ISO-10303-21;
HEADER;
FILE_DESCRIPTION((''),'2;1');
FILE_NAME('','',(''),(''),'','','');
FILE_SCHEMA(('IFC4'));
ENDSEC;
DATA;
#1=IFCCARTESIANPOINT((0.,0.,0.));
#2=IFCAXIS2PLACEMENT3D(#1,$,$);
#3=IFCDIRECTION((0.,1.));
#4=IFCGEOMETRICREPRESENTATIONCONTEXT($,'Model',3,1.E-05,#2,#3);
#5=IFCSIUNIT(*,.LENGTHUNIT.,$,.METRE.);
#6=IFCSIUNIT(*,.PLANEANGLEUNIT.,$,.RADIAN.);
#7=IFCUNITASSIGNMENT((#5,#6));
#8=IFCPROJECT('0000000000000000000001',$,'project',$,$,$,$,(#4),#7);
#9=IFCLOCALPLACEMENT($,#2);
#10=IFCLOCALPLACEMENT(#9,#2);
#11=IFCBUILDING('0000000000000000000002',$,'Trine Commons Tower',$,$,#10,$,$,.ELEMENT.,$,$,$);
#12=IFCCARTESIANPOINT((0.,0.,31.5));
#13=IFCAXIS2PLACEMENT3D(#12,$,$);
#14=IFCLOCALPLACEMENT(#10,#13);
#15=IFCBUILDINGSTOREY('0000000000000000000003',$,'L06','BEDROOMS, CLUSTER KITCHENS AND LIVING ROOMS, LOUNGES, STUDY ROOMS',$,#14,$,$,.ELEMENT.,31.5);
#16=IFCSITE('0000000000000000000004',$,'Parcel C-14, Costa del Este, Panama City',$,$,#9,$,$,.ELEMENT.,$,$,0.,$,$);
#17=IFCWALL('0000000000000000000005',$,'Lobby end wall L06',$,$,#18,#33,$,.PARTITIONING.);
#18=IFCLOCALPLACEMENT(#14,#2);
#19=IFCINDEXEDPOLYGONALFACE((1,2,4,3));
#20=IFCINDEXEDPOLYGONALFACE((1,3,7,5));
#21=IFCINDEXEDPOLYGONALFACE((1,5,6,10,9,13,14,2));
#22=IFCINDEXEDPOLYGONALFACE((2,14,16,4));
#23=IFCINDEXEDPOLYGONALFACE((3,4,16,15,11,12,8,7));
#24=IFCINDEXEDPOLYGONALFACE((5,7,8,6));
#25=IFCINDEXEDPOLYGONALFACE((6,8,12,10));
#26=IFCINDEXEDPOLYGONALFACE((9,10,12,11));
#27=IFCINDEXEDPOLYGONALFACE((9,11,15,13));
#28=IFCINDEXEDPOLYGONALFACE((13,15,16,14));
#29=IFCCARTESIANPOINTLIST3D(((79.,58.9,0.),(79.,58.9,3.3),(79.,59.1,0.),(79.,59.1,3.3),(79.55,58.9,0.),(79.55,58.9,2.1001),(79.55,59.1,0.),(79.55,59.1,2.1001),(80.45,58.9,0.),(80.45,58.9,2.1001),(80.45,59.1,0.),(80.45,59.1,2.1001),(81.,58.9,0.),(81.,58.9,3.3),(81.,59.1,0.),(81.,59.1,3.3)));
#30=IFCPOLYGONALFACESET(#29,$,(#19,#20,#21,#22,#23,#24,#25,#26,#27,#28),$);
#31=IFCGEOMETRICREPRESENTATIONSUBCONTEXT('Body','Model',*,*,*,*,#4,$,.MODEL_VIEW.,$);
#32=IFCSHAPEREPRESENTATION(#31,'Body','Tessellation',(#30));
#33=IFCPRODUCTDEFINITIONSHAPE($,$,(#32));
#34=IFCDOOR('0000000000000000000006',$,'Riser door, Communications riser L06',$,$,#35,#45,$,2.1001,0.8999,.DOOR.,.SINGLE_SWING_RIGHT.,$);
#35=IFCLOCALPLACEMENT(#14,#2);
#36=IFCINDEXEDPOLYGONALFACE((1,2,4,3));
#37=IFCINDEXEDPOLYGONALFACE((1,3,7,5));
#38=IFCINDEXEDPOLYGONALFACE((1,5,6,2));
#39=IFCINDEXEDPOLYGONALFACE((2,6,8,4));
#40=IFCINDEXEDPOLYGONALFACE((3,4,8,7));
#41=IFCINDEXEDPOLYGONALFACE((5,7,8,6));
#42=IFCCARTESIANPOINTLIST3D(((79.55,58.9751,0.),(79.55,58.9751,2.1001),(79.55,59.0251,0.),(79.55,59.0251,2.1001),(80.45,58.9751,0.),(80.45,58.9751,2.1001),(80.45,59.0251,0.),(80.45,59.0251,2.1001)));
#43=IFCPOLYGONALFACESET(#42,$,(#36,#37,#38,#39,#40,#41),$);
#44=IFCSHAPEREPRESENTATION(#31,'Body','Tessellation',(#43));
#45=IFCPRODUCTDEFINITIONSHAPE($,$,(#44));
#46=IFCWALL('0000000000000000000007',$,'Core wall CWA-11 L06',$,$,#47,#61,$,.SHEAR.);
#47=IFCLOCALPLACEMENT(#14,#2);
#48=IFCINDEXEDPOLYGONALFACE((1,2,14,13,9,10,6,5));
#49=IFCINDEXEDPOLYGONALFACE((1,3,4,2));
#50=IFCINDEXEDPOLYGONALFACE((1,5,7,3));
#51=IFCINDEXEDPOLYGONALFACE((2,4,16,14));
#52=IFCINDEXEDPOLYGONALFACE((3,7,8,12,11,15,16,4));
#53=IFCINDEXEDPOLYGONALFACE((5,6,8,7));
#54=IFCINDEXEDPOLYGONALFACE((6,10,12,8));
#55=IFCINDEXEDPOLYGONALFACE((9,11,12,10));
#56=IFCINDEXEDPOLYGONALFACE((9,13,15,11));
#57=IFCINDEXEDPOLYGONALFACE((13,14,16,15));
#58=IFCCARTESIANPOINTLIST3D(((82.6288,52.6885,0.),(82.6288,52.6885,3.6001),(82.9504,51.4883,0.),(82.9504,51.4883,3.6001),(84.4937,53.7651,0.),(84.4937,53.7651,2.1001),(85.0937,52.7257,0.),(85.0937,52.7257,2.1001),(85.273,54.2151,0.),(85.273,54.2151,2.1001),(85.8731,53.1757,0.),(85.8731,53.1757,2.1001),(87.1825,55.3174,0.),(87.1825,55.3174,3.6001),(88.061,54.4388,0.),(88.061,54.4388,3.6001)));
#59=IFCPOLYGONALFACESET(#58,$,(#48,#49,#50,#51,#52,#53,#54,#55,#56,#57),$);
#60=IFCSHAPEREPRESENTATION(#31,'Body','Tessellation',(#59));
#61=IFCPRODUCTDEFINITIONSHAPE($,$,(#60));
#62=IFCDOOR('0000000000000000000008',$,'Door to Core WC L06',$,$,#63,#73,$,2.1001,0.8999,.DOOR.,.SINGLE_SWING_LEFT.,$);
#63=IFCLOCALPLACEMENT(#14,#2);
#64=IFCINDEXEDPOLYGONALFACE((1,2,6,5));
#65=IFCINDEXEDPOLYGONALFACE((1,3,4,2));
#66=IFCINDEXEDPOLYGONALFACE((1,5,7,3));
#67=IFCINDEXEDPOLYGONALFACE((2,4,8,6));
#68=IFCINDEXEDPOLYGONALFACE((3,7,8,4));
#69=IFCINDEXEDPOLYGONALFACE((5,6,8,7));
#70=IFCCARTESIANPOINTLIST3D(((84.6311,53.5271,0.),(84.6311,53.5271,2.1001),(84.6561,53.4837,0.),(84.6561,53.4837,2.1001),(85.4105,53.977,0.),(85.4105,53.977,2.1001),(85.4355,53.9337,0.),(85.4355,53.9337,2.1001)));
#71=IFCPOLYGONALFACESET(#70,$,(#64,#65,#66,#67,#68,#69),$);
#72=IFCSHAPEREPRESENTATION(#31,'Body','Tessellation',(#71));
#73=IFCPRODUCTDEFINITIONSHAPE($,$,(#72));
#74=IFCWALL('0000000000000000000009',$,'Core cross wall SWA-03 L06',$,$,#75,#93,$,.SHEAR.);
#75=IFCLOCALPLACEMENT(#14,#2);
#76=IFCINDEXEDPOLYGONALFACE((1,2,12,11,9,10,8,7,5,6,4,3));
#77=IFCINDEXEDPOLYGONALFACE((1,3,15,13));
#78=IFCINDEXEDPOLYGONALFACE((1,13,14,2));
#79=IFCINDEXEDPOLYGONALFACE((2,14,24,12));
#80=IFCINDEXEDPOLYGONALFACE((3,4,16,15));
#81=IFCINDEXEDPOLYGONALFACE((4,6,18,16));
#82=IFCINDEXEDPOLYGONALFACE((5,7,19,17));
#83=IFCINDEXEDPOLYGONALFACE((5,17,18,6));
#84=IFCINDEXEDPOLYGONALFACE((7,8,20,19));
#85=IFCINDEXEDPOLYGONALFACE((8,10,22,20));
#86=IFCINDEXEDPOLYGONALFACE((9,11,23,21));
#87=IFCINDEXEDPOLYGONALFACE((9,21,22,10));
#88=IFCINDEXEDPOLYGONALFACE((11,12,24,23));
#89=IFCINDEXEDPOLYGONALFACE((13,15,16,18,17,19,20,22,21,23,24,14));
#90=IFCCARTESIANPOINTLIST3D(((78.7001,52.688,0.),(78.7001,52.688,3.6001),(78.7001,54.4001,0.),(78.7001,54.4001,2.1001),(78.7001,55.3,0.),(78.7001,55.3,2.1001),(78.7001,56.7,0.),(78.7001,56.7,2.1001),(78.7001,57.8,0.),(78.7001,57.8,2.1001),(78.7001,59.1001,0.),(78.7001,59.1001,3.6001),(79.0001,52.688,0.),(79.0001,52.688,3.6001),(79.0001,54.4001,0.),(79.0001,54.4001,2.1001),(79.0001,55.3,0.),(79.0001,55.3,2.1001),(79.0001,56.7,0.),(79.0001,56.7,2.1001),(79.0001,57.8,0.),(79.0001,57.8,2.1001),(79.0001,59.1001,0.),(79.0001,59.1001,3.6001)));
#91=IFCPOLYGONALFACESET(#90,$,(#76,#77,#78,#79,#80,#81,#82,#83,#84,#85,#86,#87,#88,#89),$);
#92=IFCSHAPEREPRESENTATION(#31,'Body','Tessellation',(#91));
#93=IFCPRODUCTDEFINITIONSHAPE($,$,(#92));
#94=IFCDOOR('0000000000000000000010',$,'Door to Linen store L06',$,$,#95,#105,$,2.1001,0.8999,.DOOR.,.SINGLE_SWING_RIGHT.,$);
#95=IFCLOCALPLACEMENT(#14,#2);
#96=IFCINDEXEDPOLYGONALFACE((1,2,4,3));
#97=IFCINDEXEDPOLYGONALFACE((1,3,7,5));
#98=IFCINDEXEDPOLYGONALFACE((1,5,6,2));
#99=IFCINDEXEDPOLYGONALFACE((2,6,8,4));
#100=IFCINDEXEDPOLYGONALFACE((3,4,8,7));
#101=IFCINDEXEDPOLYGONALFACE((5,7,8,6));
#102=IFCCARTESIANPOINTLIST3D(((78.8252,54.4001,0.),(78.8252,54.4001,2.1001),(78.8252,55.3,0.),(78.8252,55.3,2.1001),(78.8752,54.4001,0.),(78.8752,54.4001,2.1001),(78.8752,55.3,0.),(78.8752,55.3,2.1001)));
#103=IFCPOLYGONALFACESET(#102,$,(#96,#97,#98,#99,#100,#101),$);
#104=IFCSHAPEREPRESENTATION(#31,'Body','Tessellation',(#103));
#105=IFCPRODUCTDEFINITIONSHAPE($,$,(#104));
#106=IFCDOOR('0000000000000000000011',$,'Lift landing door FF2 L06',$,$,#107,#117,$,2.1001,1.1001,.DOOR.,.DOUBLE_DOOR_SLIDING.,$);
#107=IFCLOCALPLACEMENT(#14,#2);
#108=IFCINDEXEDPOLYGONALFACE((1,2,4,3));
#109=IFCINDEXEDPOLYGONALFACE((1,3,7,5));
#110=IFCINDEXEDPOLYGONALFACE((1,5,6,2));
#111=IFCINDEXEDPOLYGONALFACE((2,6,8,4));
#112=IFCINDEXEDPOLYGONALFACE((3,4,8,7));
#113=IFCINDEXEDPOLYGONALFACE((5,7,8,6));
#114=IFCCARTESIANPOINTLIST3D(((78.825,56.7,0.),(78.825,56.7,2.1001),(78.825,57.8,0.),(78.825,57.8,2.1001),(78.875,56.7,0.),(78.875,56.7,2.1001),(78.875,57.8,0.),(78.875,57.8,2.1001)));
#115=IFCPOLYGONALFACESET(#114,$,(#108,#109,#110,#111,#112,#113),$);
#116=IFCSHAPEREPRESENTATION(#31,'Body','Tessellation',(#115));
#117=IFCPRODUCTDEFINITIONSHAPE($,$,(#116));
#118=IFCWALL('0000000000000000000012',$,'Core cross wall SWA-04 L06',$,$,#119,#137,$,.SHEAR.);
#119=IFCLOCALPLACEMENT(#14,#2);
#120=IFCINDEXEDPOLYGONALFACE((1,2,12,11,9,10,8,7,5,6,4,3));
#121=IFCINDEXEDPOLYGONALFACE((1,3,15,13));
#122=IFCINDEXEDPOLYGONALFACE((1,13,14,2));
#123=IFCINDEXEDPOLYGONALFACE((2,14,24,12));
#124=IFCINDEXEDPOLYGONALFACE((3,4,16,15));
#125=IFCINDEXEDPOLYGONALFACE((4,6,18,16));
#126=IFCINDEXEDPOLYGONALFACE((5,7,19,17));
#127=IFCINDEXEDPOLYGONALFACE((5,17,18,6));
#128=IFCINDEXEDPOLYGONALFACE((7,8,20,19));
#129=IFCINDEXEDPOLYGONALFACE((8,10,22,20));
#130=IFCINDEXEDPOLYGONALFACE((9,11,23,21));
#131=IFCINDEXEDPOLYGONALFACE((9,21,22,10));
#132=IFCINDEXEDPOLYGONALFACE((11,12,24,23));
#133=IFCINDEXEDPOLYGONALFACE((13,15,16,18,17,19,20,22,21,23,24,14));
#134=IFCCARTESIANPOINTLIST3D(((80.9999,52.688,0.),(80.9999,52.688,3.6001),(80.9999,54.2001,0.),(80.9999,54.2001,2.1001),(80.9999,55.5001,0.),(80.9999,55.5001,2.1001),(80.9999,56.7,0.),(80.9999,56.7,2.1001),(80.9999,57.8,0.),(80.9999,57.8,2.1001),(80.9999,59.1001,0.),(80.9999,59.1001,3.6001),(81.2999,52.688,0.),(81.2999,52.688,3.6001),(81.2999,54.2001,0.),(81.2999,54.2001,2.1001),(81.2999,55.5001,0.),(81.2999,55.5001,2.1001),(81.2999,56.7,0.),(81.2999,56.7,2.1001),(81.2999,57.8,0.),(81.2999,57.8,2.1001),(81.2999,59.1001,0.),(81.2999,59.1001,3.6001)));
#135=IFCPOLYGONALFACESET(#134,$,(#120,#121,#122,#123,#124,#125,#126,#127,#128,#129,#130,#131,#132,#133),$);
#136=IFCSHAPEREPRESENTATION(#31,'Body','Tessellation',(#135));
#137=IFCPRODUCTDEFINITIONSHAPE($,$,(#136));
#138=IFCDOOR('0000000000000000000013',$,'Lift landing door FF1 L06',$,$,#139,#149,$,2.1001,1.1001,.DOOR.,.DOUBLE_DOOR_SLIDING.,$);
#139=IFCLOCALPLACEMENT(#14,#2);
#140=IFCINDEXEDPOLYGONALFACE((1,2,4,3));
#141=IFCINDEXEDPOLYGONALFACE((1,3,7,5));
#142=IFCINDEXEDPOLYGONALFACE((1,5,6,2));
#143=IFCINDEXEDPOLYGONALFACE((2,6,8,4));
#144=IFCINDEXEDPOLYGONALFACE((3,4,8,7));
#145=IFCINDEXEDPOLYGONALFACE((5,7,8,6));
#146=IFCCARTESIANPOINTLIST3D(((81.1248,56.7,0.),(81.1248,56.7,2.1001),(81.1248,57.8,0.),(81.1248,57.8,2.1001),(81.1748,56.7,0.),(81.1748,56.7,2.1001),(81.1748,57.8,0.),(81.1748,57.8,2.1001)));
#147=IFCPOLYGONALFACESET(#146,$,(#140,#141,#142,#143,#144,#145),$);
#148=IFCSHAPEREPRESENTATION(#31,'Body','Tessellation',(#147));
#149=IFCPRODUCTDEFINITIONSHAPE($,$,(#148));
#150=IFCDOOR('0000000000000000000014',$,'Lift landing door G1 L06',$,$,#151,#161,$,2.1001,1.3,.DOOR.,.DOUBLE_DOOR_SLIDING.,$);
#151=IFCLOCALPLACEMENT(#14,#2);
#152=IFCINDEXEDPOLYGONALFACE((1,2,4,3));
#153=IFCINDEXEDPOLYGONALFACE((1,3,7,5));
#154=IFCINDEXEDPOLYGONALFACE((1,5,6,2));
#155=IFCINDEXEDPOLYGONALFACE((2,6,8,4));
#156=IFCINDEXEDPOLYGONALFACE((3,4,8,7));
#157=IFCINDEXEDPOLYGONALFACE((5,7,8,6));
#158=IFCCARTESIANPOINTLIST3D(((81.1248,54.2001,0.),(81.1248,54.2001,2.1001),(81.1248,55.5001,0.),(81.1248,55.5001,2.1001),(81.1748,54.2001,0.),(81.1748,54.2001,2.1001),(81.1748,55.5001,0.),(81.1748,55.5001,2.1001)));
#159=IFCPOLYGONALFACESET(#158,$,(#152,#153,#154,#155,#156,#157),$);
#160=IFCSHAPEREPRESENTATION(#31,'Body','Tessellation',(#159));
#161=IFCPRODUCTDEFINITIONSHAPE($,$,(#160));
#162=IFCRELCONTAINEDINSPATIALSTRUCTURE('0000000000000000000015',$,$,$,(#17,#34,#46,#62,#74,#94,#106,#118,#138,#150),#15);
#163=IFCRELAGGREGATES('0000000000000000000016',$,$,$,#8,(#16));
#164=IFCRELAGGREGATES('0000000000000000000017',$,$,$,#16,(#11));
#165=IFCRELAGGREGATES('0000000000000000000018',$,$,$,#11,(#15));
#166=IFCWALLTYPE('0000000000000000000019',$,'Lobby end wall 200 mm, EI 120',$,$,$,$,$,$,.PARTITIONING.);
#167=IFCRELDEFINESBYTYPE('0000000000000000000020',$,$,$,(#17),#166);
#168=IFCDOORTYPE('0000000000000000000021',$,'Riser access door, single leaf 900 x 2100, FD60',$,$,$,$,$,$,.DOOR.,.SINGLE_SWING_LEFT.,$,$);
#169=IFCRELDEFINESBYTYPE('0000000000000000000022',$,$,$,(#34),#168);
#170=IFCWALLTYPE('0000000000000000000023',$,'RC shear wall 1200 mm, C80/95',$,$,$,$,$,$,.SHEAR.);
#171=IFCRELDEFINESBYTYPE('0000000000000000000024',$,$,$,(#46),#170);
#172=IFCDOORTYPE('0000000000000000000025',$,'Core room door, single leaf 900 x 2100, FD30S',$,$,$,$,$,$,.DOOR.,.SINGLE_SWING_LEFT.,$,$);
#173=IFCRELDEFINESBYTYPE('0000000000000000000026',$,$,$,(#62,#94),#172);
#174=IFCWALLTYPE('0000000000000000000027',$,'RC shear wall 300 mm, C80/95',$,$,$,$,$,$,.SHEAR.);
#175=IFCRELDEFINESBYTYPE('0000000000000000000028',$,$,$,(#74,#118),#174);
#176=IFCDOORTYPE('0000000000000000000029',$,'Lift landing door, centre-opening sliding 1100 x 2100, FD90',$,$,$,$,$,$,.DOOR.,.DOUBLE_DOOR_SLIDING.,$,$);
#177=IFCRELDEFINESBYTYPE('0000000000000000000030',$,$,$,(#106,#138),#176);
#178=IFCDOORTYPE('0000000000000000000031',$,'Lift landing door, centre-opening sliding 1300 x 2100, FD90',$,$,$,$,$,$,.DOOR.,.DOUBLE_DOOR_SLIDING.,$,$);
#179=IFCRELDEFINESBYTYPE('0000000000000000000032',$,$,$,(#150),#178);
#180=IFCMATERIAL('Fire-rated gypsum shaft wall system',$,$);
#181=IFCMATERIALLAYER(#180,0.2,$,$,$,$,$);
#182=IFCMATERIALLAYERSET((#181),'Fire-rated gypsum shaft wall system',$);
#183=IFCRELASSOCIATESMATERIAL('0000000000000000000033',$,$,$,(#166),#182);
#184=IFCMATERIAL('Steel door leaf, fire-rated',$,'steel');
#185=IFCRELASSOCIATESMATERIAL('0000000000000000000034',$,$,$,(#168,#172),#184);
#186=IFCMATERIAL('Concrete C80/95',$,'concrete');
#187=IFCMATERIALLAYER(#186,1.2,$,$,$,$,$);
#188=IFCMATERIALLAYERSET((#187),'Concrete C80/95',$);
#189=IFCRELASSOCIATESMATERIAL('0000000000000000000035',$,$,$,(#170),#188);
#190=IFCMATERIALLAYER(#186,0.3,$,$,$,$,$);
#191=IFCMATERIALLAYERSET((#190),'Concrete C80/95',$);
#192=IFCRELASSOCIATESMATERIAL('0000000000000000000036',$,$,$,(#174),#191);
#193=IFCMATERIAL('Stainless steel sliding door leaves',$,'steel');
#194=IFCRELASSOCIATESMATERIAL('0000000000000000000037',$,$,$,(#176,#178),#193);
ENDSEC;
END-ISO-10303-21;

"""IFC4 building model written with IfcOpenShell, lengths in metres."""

from ifc_helpers import new_model, si_unit, direction, frame, frame_2d, origin, place, context, subcontext, project, spatial, polyline, rectangle, outline, extrude, material, layer, layer_set, type_object, element, fill, save


model = new_model("IFC4")

# Units and contexts
model_context = context("Model", 3, precision=1e-05, world=origin(), true_north=direction((0.0, 1.0)))
body_context = subcontext(model_context, "Body", "Model", "MODEL_VIEW")
ifc_project = project(units=[si_unit("LENGTHUNIT", "METRE"), si_unit("PLANEANGLEUNIT", "RADIAN")], contexts=[model_context])

# Site, building, storey
site_placement = place(None, origin())
site = spatial("IfcSite", under=ifc_project, at=site_placement, Name="Parcel C-14, Costa del Este, Panama City", CompositionType="ELEMENT", RefElevation=0.0)
building_placement = place(site_placement, origin())
building = spatial("IfcBuilding", under=site, at=building_placement, Name="Trine Commons Tower", CompositionType="ELEMENT")
storey_placement = place(building_placement, frame((0.0, 0.0, 31.5)))
storey = spatial("IfcBuildingStorey", under=building, at=storey_placement, Name="L06", Description="BEDROOMS, CLUSTER KITCHENS AND LIVING ROOMS, LOUNGES, STUDY ROOMS", CompositionType="ELEMENT", Elevation=31.5)

# Walls, openings, doors
ifc_material_1 = material(Name="Fire-rated gypsum shaft wall system")
ifc_layer_1 = layer(ifc_material_1, 0.2)
ifc_layer_set_1 = layer_set([ifc_layer_1], Name="Fire-rated gypsum shaft wall system")
wall_type_1 = type_object("IfcWallType", Name="Lobby end wall 200 mm, EI 120", PredefinedType="PARTITIONING", material=ifc_layer_set_1)
wall_1_placement = place(storey_placement, frame((79.0, 59.0, 0.0), z_axis=(0.0, 0.0, 1.0), x_axis=(1.0, 0.0, 0.0)))
wall_1 = element("IfcWall", 1, at=wall_1_placement, inside=storey, type_object=wall_type_1, Name="Lobby end wall L06", PredefinedType="PARTITIONING", context=body_context, shape_type="SweptSolid", body=[
    extrude(rectangle(XDim=2.0, YDim=0.2, at=frame_2d((1.0, 0.0))), origin(), (0.0, 0.0, 1.0), 3.3),
])
opening_1_placement = place(wall_1_placement, frame((0.55, 0.0, 0.0)))
opening_1 = element("IfcOpeningElement", 2, at=opening_1_placement, cuts=wall_1, PredefinedType="OPENING", context=body_context, shape_type="SweptSolid", body=[
    extrude(rectangle(XDim=0.8999, YDim=2.1001, at=frame_2d((0.45, 1.05))), frame((0.0, 0.1099, 0.0), z_axis=(0.0, -1.0, 0.0), x_axis=(1.0, 0.0, 0.0)), (0.0, 0.0, 1.0), 0.22),
])
ifc_material_2 = material(Name="Steel door leaf, fire-rated", Category="steel")
door_type_1 = type_object("IfcDoorType", Name="Riser access door, single leaf 900 x 2100, FD60", OperationType="SINGLE_SWING_LEFT", PredefinedType="DOOR", material=ifc_material_2)
door_1_placement = place(opening_1_placement, frame((0.8999, 0.0, 0.0), z_axis=(0.0, 0.0, 1.0), x_axis=(-1.0, 0.0, 0.0)))
door_1 = element("IfcDoor", 3, at=door_1_placement, inside=storey, type_object=door_type_1, Name="Riser door, Communications riser L06", OperationType="SINGLE_SWING_RIGHT", OverallHeight=2.1001, OverallWidth=0.8999, PredefinedType="DOOR", context=body_context, shape_type="SweptSolid", body=[
    extrude(rectangle(XDim=0.8999, YDim=2.1001, at=frame_2d((0.45, 1.05))), frame((0.0, 0.0249, 0.0), z_axis=(0.0, -1.0, 0.0), x_axis=(1.0, 0.0, 0.0)), (0.0, 0.0, 1.0), 0.05),
])
fill(opening_1, door_1)
ifc_material_3 = material(Name="Concrete C80/95", Category="concrete")
ifc_layer_2 = layer(ifc_material_3, 1.2)
ifc_layer_set_2 = layer_set([ifc_layer_2], Name="Concrete C80/95")
wall_type_2 = type_object("IfcWallType", Name="RC shear wall 1200 mm, C80/95", PredefinedType="SHEAR", material=ifc_layer_set_2)
wall_2_placement = place(storey_placement, frame((82.6504, 52.0081, 0.0), z_axis=(0.0, 0.0, 1.0), x_axis=(0.866037, 0.499979, 0.0)))
wall_2 = element("IfcWall", 4, at=wall_2_placement, inside=storey, type_object=wall_type_2, Name="Core wall CWA-11 L06", PredefinedType="SHEAR", context=body_context, shape_type="SweptSolid", body=[
    extrude(outline(polyline([(0.0, -0.6001), (5.9011, -0.6001), (5.5796, 0.6001), (0.3215, 0.6001), (0.0, -0.6001)])), origin(), (0.0, 0.0, 1.0), 3.6001),
])
opening_2_placement = place(wall_2_placement, frame((2.4749, 0.0, 0.0)))
opening_2 = element("IfcOpeningElement", 5, at=opening_2_placement, cuts=wall_2, PredefinedType="OPENING", context=body_context, shape_type="SweptSolid", body=[
    extrude(rectangle(XDim=0.8999, YDim=2.1001, at=frame_2d((0.45, 1.05))), frame((0.0, 0.6099, 0.0), z_axis=(0.0, -1.0, 0.0), x_axis=(1.0, 0.0, 0.0)), (0.0, 0.0, 1.0), 1.22),
])
door_type_2 = type_object("IfcDoorType", Name="Core room door, single leaf 900 x 2100, FD30S", OperationType="SINGLE_SWING_LEFT", PredefinedType="DOOR", material=ifc_material_2)
door_2_placement = place(opening_2_placement, origin())
door_2 = element("IfcDoor", 6, at=door_2_placement, inside=storey, type_object=door_type_2, Name="Door to Core WC L06", OperationType="SINGLE_SWING_LEFT", OverallHeight=2.1001, OverallWidth=0.8999, PredefinedType="DOOR", context=body_context, shape_type="SweptSolid", body=[
    extrude(rectangle(XDim=0.8999, YDim=2.1001, at=frame_2d((0.45, 1.05))), frame((0.0, 0.3252, 0.0), z_axis=(0.0, -1.0, 0.0), x_axis=(1.0, 0.0, 0.0)), (0.0, 0.0, 1.0), 0.05),
])
fill(opening_2, door_2)

# Walls, openings, doors
ifc_layer_3 = layer(ifc_material_3, 0.3)
ifc_layer_set_3 = layer_set([ifc_layer_3], Name="Concrete C80/95")
wall_type_3 = type_object("IfcWallType", Name="RC shear wall 300 mm, C80/95", PredefinedType="SHEAR", material=ifc_layer_set_3)
wall_3_placement = place(storey_placement, frame((78.8501, 59.1001, 0.0), z_axis=(0.0, 0.0, 1.0), x_axis=(0.0, -1.0, 0.0)))
wall_3 = element("IfcWall", 7, at=wall_3_placement, inside=storey, type_object=wall_type_3, Name="Core cross wall SWA-03 L06", PredefinedType="SHEAR", context=body_context, shape_type="SweptSolid", body=[
    extrude(rectangle(XDim=6.4121, YDim=0.3, at=frame_2d((3.2061, 0.0))), origin(), (0.0, 0.0, 1.0), 3.6001),
])
opening_3_placement = place(wall_3_placement, frame((3.8, 0.0, 0.0)))
opening_3 = element("IfcOpeningElement", 8, at=opening_3_placement, cuts=wall_3, PredefinedType="OPENING", context=body_context, shape_type="SweptSolid", body=[
    extrude(rectangle(XDim=0.8999, YDim=2.1001, at=frame_2d((0.45, 1.05))), frame((0.0, 0.1599, 0.0), z_axis=(0.0, -1.0, 0.0), x_axis=(1.0, 0.0, 0.0)), (0.0, 0.0, 1.0), 0.3201),
])
opening_4_placement = place(wall_3_placement, frame((1.3, 0.0, 0.0)))
opening_4 = element("IfcOpeningElement", 9, at=opening_4_placement, cuts=wall_3, PredefinedType="OPENING", context=body_context, shape_type="SweptSolid", body=[
    extrude(rectangle(XDim=1.1001, YDim=2.1001, at=frame_2d((0.55, 1.05))), frame((0.0, 0.1599, 0.0), z_axis=(0.0, -1.0, 0.0), x_axis=(1.0, 0.0, 0.0)), (0.0, 0.0, 1.0), 0.3201),
])
door_3_placement = place(opening_3_placement, frame((0.8999, 0.0, 0.0), z_axis=(0.0, 0.0, 1.0), x_axis=(-1.0, 0.0, 0.0)))
door_3 = element("IfcDoor", 10, at=door_3_placement, inside=storey, type_object=door_type_2, Name="Door to Linen store L06", OperationType="SINGLE_SWING_RIGHT", OverallHeight=2.1001, OverallWidth=0.8999, PredefinedType="DOOR", context=body_context, shape_type="SweptSolid", body=[
    extrude(rectangle(XDim=0.8999, YDim=2.1001, at=frame_2d((0.45, 1.05))), frame((0.0, 0.0249, 0.0), z_axis=(0.0, -1.0, 0.0), x_axis=(1.0, 0.0, 0.0)), (0.0, 0.0, 1.0), 0.05),
])
fill(opening_3, door_3)
ifc_material_4 = material(Name="Stainless steel sliding door leaves", Category="steel")
door_type_3 = type_object("IfcDoorType", Name="Lift landing door, centre-opening sliding 1100 x 2100, FD90", OperationType="DOUBLE_DOOR_SLIDING", PredefinedType="DOOR", material=ifc_material_4)
door_4_placement = place(opening_4_placement, origin())
door_4 = element("IfcDoor", 11, at=door_4_placement, inside=storey, type_object=door_type_3, Name="Lift landing door FF2 L06", OperationType="DOUBLE_DOOR_SLIDING", OverallHeight=2.1001, OverallWidth=1.1001, PredefinedType="DOOR", context=body_context, shape_type="SweptSolid", body=[
    extrude(rectangle(XDim=1.1001, YDim=2.1001, at=frame_2d((0.55, 1.05))), frame((0.0, 0.0249, 0.0), z_axis=(0.0, -1.0, 0.0), x_axis=(1.0, 0.0, 0.0)), (0.0, 0.0, 1.0), 0.05),
])
fill(opening_4, door_4)
wall_4_placement = place(storey_placement, frame((81.1499, 59.1001, 0.0), z_axis=(0.0, 0.0, 1.0), x_axis=(0.0, -1.0, 0.0)))
wall_4 = element("IfcWall", 12, at=wall_4_placement, inside=storey, type_object=wall_type_3, Name="Core cross wall SWA-04 L06", PredefinedType="SHEAR", context=body_context, shape_type="SweptSolid", body=[
    extrude(rectangle(XDim=6.4121, YDim=0.3, at=frame_2d((3.2061, 0.0))), origin(), (0.0, 0.0, 1.0), 3.6001),
])
opening_5_placement = place(wall_4_placement, frame((3.6001, 0.0, 0.0)))
opening_5 = element("IfcOpeningElement", 13, at=opening_5_placement, cuts=wall_4, PredefinedType="OPENING", context=body_context, shape_type="SweptSolid", body=[
    extrude(rectangle(XDim=1.3, YDim=2.1001, at=frame_2d((0.6499, 1.05))), frame((0.0, 0.1599, 0.0), z_axis=(0.0, -1.0, 0.0), x_axis=(1.0, 0.0, 0.0)), (0.0, 0.0, 1.0), 0.3201),
])
opening_6_placement = place(wall_4_placement, frame((1.3, 0.0, 0.0)))
opening_6 = element("IfcOpeningElement", 14, at=opening_6_placement, cuts=wall_4, PredefinedType="OPENING", context=body_context, shape_type="SweptSolid", body=[
    extrude(rectangle(XDim=1.1001, YDim=2.1001, at=frame_2d((0.55, 1.05))), frame((0.0, 0.1599, 0.0), z_axis=(0.0, -1.0, 0.0), x_axis=(1.0, 0.0, 0.0)), (0.0, 0.0, 1.0), 0.3201),
])
door_5_placement = place(opening_6_placement, origin())
door_5 = element("IfcDoor", 15, at=door_5_placement, inside=storey, type_object=door_type_3, Name="Lift landing door FF1 L06", OperationType="DOUBLE_DOOR_SLIDING", OverallHeight=2.1001, OverallWidth=1.1001, PredefinedType="DOOR", context=body_context, shape_type="SweptSolid", body=[
    extrude(rectangle(XDim=1.1001, YDim=2.1001, at=frame_2d((0.55, 1.05))), frame((0.0, 0.0249, 0.0), z_axis=(0.0, -1.0, 0.0), x_axis=(1.0, 0.0, 0.0)), (0.0, 0.0, 1.0), 0.05),
])
fill(opening_6, door_5)
door_type_4 = type_object("IfcDoorType", Name="Lift landing door, centre-opening sliding 1300 x 2100, FD90", OperationType="DOUBLE_DOOR_SLIDING", PredefinedType="DOOR", material=ifc_material_4)
door_6_placement = place(opening_5_placement, origin())
door_6 = element("IfcDoor", 16, at=door_6_placement, inside=storey, type_object=door_type_4, Name="Lift landing door G1 L06", OperationType="DOUBLE_DOOR_SLIDING", OverallHeight=2.1001, OverallWidth=1.3, PredefinedType="DOOR", context=body_context, shape_type="SweptSolid", body=[
    extrude(rectangle(XDim=1.3, YDim=2.1001, at=frame_2d((0.6499, 1.05))), frame((0.0, 0.0249, 0.0), z_axis=(0.0, -1.0, 0.0), x_axis=(1.0, 0.0, 0.0)), (0.0, 0.0, 1.0), 0.05),
])
fill(opening_5, door_6)

save(model, "model.ifc")
